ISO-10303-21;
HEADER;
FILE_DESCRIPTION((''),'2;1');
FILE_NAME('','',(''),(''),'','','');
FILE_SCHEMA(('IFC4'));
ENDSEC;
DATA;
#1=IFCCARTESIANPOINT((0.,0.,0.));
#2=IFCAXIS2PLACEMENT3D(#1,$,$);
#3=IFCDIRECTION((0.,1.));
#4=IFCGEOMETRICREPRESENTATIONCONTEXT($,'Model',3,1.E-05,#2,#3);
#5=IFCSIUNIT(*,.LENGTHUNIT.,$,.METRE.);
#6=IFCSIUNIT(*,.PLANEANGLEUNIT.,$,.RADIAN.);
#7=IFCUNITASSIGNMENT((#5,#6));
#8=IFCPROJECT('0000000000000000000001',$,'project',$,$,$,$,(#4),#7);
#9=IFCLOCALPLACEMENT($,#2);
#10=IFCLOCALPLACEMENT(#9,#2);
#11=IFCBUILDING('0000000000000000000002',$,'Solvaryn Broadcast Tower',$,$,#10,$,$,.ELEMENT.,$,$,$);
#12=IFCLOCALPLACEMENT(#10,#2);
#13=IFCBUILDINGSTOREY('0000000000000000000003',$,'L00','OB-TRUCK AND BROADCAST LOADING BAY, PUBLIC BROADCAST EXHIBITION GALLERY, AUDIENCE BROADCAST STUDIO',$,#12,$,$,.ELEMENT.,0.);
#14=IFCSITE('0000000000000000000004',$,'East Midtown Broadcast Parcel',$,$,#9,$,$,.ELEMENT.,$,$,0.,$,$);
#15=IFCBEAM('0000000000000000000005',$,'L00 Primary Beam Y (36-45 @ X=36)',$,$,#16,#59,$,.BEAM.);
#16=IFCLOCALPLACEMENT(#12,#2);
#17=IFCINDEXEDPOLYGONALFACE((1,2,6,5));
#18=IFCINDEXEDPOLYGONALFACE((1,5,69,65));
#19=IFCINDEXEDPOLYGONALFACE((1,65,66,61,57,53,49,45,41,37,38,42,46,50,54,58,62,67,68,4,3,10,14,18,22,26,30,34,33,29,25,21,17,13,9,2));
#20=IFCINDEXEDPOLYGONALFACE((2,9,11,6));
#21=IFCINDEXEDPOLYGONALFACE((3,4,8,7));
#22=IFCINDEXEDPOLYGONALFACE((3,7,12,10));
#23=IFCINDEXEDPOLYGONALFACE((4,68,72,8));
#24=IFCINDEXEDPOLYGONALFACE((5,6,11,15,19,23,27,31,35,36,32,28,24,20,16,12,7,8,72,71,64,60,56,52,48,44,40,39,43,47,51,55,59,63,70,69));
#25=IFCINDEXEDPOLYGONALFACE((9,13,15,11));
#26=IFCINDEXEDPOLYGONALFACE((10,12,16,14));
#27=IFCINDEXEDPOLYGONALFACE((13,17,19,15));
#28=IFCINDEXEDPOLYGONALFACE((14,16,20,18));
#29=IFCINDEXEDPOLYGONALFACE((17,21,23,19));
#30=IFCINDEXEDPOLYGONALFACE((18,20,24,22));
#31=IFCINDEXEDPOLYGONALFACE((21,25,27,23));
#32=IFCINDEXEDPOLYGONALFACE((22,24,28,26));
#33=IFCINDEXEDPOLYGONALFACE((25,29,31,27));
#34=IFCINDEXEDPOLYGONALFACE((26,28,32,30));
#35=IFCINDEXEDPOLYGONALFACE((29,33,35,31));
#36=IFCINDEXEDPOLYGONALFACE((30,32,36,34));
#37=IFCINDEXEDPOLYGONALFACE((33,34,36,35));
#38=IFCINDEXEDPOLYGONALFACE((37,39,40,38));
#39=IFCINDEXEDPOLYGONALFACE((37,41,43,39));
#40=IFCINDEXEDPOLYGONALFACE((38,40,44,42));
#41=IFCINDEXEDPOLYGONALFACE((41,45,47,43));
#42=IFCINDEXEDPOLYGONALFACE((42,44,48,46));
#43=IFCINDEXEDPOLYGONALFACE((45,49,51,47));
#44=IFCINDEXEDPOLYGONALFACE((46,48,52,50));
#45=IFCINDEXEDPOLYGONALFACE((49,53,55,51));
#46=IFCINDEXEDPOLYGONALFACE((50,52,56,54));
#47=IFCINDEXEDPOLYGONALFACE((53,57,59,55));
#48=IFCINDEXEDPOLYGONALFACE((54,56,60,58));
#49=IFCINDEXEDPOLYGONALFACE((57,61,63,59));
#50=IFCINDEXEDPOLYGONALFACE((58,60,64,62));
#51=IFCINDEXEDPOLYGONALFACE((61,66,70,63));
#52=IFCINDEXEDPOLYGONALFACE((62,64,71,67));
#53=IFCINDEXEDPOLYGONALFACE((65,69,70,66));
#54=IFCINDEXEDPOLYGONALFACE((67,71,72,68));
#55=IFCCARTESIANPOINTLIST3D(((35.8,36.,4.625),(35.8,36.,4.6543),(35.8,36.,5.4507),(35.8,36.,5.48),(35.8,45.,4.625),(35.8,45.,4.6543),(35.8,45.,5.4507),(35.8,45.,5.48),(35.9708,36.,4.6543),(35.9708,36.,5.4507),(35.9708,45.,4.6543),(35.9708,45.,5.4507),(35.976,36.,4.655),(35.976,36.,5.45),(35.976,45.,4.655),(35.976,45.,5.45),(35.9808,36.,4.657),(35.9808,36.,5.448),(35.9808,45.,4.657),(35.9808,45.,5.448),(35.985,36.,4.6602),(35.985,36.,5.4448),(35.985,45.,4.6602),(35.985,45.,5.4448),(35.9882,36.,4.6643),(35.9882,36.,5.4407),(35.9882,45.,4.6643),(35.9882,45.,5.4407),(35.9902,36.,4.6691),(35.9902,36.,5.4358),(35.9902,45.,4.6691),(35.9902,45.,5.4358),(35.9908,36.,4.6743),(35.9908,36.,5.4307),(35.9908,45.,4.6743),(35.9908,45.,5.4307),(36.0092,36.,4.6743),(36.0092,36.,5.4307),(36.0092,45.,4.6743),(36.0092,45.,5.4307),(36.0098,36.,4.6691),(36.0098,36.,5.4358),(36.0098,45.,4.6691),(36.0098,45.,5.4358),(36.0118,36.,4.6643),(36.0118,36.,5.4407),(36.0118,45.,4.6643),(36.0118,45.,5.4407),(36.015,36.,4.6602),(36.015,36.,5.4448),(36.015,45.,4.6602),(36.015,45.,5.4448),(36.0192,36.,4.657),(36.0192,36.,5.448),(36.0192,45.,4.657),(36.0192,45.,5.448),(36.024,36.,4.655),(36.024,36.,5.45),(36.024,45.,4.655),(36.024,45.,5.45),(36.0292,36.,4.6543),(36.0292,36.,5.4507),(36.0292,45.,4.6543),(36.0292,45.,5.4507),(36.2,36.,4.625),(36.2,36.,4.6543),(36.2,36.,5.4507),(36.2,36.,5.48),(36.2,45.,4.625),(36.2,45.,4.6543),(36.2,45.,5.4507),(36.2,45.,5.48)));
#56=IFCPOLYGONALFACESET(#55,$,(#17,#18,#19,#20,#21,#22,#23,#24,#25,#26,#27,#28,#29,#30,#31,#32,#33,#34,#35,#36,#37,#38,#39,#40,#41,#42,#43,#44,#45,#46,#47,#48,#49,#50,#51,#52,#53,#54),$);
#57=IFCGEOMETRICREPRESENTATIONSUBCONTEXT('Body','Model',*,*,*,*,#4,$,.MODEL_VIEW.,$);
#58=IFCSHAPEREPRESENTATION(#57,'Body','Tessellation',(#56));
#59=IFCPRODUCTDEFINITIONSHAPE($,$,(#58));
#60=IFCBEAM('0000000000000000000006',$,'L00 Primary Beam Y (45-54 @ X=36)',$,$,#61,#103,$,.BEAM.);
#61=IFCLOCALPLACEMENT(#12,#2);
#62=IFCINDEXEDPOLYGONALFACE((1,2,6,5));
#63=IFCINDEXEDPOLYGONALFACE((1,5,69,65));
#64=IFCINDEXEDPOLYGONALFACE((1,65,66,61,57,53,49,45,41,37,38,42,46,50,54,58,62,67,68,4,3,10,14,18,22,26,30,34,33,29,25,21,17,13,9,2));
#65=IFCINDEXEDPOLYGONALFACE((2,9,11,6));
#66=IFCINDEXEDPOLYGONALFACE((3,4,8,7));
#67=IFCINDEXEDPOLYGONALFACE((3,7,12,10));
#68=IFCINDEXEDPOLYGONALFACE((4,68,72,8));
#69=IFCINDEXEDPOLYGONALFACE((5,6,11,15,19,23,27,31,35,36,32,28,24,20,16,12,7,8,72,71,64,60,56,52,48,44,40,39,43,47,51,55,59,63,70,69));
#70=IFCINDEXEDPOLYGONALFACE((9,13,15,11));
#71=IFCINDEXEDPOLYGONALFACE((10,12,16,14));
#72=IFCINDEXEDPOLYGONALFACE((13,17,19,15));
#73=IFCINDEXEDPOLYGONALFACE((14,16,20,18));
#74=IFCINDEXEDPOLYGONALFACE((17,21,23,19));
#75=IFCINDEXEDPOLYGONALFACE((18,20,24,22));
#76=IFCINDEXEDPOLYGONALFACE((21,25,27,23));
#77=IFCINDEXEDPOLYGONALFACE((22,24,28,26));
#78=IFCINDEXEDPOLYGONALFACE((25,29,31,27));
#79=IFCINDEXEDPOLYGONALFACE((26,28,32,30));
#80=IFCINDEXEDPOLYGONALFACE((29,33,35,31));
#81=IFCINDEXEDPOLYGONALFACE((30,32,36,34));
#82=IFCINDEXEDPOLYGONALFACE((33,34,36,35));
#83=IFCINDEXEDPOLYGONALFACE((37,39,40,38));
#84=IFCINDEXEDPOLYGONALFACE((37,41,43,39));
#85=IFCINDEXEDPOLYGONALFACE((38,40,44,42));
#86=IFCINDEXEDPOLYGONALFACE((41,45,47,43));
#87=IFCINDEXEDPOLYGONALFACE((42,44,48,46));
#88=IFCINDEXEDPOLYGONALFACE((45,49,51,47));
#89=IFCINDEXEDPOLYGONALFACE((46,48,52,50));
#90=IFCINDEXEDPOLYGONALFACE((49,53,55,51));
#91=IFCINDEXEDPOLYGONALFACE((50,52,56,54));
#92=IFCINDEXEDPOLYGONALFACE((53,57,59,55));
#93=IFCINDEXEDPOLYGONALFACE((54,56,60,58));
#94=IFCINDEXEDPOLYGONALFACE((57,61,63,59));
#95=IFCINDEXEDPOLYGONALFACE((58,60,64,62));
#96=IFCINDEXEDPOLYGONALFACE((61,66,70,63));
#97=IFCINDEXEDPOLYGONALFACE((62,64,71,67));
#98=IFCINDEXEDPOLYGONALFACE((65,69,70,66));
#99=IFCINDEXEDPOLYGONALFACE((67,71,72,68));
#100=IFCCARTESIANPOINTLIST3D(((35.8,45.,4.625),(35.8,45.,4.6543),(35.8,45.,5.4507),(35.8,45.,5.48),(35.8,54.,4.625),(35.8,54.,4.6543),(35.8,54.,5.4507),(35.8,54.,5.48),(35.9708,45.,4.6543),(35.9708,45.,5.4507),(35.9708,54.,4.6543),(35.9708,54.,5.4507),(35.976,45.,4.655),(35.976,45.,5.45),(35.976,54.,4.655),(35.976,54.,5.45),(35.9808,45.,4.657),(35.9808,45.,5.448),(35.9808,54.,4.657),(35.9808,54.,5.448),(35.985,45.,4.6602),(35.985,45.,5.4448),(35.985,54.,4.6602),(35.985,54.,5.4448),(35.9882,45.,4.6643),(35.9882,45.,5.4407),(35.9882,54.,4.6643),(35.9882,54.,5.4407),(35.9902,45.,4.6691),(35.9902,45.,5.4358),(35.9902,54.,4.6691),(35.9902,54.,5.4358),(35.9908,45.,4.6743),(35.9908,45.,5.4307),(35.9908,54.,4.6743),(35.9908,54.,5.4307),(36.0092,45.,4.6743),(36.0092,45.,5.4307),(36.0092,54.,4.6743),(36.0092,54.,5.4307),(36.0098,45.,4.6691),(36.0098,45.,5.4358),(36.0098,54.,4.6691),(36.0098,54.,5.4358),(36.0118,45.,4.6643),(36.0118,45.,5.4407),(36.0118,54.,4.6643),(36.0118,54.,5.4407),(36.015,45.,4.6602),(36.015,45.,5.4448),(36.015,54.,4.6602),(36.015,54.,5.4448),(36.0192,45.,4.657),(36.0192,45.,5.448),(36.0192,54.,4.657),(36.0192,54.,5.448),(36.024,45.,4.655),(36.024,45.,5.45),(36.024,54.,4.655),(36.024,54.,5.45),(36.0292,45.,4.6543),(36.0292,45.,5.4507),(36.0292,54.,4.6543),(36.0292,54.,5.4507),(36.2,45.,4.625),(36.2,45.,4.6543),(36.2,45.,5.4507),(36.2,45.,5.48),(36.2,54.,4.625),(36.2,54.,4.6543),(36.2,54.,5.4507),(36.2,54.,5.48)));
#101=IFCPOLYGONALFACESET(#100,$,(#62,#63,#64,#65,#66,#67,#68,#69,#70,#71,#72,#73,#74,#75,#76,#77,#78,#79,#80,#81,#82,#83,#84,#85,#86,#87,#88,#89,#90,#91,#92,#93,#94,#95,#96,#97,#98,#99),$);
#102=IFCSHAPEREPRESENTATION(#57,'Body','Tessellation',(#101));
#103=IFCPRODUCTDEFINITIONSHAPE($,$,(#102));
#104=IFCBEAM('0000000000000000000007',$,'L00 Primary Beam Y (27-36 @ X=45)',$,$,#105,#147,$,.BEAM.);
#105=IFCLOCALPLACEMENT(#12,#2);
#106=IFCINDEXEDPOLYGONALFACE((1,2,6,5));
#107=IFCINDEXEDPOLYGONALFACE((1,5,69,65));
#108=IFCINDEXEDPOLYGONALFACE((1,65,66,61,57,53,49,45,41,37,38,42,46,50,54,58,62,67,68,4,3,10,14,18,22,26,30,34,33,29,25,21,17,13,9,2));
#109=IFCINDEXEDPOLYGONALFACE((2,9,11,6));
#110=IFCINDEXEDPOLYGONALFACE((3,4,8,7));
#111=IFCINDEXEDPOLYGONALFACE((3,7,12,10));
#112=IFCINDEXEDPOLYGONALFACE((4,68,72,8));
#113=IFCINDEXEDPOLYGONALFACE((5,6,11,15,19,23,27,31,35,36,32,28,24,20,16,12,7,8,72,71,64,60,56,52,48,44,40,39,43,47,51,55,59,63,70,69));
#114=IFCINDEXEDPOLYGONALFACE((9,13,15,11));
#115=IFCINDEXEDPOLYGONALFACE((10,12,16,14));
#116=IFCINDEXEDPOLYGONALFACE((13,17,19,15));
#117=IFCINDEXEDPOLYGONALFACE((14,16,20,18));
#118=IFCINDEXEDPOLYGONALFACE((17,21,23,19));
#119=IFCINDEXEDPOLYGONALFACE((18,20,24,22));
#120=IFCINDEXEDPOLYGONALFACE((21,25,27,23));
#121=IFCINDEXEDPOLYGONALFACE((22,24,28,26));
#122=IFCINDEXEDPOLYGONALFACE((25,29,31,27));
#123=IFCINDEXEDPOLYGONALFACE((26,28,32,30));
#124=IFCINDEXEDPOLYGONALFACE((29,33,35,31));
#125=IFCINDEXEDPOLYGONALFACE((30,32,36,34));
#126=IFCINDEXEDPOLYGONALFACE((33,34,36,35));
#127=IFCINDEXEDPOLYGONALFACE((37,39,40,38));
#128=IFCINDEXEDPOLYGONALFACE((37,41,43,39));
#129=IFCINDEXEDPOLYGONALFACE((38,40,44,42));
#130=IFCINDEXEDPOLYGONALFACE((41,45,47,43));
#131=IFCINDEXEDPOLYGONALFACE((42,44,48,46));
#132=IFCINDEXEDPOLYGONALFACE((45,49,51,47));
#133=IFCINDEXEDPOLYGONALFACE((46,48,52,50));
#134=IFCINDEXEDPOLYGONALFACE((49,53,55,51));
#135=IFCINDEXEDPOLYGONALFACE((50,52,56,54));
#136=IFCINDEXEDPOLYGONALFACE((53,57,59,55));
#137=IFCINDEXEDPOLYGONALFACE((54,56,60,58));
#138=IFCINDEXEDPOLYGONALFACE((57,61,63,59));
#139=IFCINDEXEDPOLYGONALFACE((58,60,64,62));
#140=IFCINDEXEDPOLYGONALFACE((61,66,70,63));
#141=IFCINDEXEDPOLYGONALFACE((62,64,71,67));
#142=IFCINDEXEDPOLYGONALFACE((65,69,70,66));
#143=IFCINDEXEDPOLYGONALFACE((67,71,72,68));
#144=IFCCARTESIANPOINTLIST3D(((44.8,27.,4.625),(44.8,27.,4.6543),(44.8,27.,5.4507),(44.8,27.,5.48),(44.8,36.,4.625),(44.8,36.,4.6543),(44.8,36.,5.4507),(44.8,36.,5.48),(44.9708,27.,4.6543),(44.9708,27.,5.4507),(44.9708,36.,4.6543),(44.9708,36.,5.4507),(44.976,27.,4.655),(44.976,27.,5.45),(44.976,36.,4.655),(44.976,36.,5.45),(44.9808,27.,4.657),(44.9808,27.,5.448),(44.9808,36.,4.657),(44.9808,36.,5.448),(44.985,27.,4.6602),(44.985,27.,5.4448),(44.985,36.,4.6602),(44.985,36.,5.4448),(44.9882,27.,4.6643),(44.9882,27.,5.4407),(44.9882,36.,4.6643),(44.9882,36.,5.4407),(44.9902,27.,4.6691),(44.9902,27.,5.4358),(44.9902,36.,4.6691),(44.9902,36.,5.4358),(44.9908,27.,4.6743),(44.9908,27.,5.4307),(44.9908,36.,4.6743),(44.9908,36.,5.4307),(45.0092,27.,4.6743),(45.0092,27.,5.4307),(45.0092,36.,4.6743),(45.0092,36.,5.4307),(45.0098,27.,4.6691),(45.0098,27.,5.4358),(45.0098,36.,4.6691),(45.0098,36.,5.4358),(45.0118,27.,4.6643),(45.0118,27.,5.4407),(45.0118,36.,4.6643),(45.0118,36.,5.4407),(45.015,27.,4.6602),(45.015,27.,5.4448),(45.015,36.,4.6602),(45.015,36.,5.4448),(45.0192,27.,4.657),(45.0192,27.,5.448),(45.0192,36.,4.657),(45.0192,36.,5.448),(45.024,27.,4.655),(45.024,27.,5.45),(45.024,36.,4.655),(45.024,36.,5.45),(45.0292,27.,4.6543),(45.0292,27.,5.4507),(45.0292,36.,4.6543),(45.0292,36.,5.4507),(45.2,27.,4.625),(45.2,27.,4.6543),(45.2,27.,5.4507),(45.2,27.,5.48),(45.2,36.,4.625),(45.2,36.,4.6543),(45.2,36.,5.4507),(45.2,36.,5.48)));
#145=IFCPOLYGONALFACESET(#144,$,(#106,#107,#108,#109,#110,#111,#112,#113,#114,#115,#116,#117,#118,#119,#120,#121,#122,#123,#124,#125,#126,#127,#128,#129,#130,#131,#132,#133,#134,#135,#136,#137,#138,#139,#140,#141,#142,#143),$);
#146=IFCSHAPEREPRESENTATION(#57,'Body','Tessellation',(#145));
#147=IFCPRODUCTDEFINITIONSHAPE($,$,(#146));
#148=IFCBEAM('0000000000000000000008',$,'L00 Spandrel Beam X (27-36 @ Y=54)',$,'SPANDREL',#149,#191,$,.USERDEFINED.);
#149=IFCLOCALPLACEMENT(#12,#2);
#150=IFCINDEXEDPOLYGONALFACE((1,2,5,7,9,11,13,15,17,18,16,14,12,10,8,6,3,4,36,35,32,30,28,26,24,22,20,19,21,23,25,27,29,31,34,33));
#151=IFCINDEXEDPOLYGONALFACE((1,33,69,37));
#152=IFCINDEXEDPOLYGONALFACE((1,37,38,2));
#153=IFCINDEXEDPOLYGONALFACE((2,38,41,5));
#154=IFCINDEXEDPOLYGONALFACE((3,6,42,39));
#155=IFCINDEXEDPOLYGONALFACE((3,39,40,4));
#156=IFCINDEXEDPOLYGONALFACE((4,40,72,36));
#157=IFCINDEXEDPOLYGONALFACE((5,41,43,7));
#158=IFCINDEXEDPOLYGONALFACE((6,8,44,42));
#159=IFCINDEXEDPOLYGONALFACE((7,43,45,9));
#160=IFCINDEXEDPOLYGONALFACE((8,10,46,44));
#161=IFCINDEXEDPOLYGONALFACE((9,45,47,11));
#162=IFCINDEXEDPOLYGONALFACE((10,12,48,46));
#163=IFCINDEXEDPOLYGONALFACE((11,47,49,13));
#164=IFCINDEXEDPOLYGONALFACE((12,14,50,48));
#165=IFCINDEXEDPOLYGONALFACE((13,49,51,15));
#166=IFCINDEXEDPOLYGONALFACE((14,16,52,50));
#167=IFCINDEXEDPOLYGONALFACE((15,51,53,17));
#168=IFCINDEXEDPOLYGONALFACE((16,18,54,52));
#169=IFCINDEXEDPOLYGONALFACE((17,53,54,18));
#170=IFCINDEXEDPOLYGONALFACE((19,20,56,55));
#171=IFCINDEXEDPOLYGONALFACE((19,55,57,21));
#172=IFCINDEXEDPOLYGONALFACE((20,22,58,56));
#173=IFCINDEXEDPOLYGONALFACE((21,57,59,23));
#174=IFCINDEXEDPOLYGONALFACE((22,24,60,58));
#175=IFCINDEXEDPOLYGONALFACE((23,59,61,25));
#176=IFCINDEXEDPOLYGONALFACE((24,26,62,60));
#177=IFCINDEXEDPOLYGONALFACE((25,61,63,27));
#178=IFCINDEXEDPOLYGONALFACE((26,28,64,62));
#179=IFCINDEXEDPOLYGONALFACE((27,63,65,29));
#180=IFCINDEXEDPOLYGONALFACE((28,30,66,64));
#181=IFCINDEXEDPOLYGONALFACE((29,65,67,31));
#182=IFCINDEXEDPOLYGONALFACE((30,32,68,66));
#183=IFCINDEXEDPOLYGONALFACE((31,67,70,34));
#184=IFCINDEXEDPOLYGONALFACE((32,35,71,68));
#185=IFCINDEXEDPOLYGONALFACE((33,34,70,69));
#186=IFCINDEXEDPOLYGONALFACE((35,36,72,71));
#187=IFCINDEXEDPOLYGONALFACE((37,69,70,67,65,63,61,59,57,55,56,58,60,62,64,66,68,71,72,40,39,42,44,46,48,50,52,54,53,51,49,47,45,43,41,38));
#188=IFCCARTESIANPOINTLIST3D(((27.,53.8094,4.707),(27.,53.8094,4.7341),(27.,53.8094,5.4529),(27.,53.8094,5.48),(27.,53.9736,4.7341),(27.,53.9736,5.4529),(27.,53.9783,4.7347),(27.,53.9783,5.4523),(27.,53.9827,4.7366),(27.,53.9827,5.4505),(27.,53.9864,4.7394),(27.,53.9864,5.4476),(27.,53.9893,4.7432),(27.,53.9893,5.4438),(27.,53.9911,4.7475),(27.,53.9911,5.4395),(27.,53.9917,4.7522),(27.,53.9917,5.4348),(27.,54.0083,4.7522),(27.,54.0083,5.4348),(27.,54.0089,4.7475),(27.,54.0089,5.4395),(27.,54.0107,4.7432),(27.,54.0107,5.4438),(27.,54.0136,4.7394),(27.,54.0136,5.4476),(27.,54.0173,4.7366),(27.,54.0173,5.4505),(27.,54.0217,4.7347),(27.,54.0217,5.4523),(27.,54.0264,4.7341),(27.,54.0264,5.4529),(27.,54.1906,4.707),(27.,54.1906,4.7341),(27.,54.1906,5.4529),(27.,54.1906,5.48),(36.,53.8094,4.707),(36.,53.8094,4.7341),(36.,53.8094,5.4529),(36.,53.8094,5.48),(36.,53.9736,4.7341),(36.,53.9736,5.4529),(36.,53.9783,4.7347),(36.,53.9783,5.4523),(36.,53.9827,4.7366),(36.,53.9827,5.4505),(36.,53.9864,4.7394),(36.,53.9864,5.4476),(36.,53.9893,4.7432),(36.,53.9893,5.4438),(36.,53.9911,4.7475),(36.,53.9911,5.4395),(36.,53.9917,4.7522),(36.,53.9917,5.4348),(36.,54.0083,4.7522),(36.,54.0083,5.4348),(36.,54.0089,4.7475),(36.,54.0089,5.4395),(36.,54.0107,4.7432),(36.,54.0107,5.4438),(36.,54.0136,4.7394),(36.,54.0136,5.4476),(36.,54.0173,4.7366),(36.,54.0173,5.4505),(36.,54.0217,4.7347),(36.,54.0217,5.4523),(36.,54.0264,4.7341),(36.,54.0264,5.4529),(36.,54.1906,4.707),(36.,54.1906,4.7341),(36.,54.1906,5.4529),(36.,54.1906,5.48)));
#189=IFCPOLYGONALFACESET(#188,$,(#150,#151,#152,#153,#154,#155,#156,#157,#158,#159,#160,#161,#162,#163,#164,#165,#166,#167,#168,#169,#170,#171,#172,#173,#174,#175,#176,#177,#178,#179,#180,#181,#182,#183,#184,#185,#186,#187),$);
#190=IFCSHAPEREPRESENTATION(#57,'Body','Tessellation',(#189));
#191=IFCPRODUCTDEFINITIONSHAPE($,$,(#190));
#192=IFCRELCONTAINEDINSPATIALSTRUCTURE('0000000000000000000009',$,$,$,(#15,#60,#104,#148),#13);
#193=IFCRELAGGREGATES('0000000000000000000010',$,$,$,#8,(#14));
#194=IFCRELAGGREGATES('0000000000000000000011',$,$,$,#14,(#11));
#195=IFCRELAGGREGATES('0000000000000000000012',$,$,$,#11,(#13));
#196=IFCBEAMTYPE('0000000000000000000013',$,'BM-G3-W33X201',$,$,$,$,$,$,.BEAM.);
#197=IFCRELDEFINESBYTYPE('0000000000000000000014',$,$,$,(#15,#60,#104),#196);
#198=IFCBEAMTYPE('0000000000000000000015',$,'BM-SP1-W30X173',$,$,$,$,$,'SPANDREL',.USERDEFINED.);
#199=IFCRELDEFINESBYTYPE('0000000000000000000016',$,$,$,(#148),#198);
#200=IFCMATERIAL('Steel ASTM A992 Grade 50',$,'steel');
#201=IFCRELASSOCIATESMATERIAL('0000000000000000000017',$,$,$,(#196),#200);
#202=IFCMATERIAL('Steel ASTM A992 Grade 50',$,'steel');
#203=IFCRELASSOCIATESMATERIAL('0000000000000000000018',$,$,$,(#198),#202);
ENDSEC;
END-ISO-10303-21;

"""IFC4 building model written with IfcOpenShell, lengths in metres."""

from ifc_helpers import new_model, si_unit, direction, frame, origin, origin_2d, place, context, subcontext, project, spatial, i_section, extrude, material, material_profile, profile_set, type_object, element, save


model = new_model("IFC4")

# Units and contexts
model_context = context("Model", 3, precision=1e-05, world=origin(), true_north=direction((0.0, 1.0)))
body_context = subcontext(model_context, "Body", "Model", "MODEL_VIEW")
ifc_project = project(units=[si_unit("LENGTHUNIT", "METRE"), si_unit("PLANEANGLEUNIT", "RADIAN")], contexts=[model_context])

# Site, building, storey
site_placement = place(None, origin())
site = spatial("IfcSite", under=ifc_project, at=site_placement, Name="East Midtown Broadcast Parcel", CompositionType="ELEMENT", RefElevation=0.0)
building_placement = place(site_placement, origin())
building = spatial("IfcBuilding", under=site, at=building_placement, Name="Solvaryn Broadcast Tower", CompositionType="ELEMENT")
storey_placement = place(building_placement, origin())
storey = spatial("IfcBuildingStorey", under=building, at=storey_placement, Name="L00", Description="OB-TRUCK AND BROADCAST LOADING BAY, PUBLIC BROADCAST EXHIBITION GALLERY, AUDIENCE BROADCAST STUDIO", CompositionType="ELEMENT", Elevation=0.0)

# Beams
ifc_material_1 = material(Name="Steel ASTM A992 Grade 50", Category="steel")
ifc_material_profile_1 = material_profile(ifc_material_1, i_section(OverallWidth=0.3999, OverallDepth=0.855, WebThickness=0.0183, FlangeThickness=0.0293, FilletRadius=0.02, at=origin_2d()))
ifc_profile_set_1 = profile_set([ifc_material_profile_1], Name="Steel ASTM A992 Grade 50")
beam_type_1 = type_object("IfcBeamType", Name="BM-G3-W33X201", PredefinedType="BEAM", material=ifc_profile_set_1)
for number, where, z_axis, x_axis, name in (
    (1, (36.0, 36.0, 5.0525), (0.0, 1.0, 0.0), (-1.0, 0.0, 0.0), "L00 Primary Beam Y (36-45 @ X=36)"),
    (2, (36.0, 45.0, 5.0525), (0.0, 1.0, 0.0), (-1.0, 0.0, 0.0), "L00 Primary Beam Y (45-54 @ X=36)"),
    (3, (45.0, 27.0, 5.0525), (0.0, 1.0, 0.0), (-1.0, 0.0, 0.0), "L00 Primary Beam Y (27-36 @ X=45)"),
):
    element("IfcBeam", number, at=place(storey_placement, frame(where, z_axis=z_axis, x_axis=x_axis)), inside=storey, type_object=beam_type_1, Name=name, PredefinedType="BEAM", context=body_context, shape_type="SweptSolid", body=[
        extrude(i_section(OverallWidth=0.3999, OverallDepth=0.855, WebThickness=0.0183, FlangeThickness=0.0293, FilletRadius=0.02, at=origin_2d()), origin(), (0.0, 0.0, 1.0), 9.0),
    ])
ifc_material_2 = material(Name="Steel ASTM A992 Grade 50", Category="steel")
ifc_material_profile_2 = material_profile(ifc_material_2, i_section(OverallWidth=0.3811, OverallDepth=0.7729, WebThickness=0.0166, FlangeThickness=0.0271, FilletRadius=0.0181, at=origin_2d()))
ifc_profile_set_2 = profile_set([ifc_material_profile_2], Name="Steel ASTM A992 Grade 50")
beam_type_2 = type_object("IfcBeamType", Name="BM-SP1-W30X173", ElementType="SPANDREL", PredefinedType="USERDEFINED", material=ifc_profile_set_2)
for number, where, z_axis, x_axis, name in (
    (4, (27.0, 54.0, 5.0935), (1.0, 0.0, 0.0), (0.0, 1.0, 0.0), "L00 Spandrel Beam X (27-36 @ Y=54)"),
):
    element("IfcBeam", number, at=place(storey_placement, frame(where, z_axis=z_axis, x_axis=x_axis)), inside=storey, type_object=beam_type_2, Name=name, ObjectType="SPANDREL", PredefinedType="USERDEFINED", context=body_context, shape_type="SweptSolid", body=[
        extrude(i_section(OverallWidth=0.3811, OverallDepth=0.7729, WebThickness=0.0166, FlangeThickness=0.0271, FilletRadius=0.0181, at=origin_2d()), origin(), (0.0, 0.0, 1.0), 9.0),
    ])

save(model, "model.ifc")
